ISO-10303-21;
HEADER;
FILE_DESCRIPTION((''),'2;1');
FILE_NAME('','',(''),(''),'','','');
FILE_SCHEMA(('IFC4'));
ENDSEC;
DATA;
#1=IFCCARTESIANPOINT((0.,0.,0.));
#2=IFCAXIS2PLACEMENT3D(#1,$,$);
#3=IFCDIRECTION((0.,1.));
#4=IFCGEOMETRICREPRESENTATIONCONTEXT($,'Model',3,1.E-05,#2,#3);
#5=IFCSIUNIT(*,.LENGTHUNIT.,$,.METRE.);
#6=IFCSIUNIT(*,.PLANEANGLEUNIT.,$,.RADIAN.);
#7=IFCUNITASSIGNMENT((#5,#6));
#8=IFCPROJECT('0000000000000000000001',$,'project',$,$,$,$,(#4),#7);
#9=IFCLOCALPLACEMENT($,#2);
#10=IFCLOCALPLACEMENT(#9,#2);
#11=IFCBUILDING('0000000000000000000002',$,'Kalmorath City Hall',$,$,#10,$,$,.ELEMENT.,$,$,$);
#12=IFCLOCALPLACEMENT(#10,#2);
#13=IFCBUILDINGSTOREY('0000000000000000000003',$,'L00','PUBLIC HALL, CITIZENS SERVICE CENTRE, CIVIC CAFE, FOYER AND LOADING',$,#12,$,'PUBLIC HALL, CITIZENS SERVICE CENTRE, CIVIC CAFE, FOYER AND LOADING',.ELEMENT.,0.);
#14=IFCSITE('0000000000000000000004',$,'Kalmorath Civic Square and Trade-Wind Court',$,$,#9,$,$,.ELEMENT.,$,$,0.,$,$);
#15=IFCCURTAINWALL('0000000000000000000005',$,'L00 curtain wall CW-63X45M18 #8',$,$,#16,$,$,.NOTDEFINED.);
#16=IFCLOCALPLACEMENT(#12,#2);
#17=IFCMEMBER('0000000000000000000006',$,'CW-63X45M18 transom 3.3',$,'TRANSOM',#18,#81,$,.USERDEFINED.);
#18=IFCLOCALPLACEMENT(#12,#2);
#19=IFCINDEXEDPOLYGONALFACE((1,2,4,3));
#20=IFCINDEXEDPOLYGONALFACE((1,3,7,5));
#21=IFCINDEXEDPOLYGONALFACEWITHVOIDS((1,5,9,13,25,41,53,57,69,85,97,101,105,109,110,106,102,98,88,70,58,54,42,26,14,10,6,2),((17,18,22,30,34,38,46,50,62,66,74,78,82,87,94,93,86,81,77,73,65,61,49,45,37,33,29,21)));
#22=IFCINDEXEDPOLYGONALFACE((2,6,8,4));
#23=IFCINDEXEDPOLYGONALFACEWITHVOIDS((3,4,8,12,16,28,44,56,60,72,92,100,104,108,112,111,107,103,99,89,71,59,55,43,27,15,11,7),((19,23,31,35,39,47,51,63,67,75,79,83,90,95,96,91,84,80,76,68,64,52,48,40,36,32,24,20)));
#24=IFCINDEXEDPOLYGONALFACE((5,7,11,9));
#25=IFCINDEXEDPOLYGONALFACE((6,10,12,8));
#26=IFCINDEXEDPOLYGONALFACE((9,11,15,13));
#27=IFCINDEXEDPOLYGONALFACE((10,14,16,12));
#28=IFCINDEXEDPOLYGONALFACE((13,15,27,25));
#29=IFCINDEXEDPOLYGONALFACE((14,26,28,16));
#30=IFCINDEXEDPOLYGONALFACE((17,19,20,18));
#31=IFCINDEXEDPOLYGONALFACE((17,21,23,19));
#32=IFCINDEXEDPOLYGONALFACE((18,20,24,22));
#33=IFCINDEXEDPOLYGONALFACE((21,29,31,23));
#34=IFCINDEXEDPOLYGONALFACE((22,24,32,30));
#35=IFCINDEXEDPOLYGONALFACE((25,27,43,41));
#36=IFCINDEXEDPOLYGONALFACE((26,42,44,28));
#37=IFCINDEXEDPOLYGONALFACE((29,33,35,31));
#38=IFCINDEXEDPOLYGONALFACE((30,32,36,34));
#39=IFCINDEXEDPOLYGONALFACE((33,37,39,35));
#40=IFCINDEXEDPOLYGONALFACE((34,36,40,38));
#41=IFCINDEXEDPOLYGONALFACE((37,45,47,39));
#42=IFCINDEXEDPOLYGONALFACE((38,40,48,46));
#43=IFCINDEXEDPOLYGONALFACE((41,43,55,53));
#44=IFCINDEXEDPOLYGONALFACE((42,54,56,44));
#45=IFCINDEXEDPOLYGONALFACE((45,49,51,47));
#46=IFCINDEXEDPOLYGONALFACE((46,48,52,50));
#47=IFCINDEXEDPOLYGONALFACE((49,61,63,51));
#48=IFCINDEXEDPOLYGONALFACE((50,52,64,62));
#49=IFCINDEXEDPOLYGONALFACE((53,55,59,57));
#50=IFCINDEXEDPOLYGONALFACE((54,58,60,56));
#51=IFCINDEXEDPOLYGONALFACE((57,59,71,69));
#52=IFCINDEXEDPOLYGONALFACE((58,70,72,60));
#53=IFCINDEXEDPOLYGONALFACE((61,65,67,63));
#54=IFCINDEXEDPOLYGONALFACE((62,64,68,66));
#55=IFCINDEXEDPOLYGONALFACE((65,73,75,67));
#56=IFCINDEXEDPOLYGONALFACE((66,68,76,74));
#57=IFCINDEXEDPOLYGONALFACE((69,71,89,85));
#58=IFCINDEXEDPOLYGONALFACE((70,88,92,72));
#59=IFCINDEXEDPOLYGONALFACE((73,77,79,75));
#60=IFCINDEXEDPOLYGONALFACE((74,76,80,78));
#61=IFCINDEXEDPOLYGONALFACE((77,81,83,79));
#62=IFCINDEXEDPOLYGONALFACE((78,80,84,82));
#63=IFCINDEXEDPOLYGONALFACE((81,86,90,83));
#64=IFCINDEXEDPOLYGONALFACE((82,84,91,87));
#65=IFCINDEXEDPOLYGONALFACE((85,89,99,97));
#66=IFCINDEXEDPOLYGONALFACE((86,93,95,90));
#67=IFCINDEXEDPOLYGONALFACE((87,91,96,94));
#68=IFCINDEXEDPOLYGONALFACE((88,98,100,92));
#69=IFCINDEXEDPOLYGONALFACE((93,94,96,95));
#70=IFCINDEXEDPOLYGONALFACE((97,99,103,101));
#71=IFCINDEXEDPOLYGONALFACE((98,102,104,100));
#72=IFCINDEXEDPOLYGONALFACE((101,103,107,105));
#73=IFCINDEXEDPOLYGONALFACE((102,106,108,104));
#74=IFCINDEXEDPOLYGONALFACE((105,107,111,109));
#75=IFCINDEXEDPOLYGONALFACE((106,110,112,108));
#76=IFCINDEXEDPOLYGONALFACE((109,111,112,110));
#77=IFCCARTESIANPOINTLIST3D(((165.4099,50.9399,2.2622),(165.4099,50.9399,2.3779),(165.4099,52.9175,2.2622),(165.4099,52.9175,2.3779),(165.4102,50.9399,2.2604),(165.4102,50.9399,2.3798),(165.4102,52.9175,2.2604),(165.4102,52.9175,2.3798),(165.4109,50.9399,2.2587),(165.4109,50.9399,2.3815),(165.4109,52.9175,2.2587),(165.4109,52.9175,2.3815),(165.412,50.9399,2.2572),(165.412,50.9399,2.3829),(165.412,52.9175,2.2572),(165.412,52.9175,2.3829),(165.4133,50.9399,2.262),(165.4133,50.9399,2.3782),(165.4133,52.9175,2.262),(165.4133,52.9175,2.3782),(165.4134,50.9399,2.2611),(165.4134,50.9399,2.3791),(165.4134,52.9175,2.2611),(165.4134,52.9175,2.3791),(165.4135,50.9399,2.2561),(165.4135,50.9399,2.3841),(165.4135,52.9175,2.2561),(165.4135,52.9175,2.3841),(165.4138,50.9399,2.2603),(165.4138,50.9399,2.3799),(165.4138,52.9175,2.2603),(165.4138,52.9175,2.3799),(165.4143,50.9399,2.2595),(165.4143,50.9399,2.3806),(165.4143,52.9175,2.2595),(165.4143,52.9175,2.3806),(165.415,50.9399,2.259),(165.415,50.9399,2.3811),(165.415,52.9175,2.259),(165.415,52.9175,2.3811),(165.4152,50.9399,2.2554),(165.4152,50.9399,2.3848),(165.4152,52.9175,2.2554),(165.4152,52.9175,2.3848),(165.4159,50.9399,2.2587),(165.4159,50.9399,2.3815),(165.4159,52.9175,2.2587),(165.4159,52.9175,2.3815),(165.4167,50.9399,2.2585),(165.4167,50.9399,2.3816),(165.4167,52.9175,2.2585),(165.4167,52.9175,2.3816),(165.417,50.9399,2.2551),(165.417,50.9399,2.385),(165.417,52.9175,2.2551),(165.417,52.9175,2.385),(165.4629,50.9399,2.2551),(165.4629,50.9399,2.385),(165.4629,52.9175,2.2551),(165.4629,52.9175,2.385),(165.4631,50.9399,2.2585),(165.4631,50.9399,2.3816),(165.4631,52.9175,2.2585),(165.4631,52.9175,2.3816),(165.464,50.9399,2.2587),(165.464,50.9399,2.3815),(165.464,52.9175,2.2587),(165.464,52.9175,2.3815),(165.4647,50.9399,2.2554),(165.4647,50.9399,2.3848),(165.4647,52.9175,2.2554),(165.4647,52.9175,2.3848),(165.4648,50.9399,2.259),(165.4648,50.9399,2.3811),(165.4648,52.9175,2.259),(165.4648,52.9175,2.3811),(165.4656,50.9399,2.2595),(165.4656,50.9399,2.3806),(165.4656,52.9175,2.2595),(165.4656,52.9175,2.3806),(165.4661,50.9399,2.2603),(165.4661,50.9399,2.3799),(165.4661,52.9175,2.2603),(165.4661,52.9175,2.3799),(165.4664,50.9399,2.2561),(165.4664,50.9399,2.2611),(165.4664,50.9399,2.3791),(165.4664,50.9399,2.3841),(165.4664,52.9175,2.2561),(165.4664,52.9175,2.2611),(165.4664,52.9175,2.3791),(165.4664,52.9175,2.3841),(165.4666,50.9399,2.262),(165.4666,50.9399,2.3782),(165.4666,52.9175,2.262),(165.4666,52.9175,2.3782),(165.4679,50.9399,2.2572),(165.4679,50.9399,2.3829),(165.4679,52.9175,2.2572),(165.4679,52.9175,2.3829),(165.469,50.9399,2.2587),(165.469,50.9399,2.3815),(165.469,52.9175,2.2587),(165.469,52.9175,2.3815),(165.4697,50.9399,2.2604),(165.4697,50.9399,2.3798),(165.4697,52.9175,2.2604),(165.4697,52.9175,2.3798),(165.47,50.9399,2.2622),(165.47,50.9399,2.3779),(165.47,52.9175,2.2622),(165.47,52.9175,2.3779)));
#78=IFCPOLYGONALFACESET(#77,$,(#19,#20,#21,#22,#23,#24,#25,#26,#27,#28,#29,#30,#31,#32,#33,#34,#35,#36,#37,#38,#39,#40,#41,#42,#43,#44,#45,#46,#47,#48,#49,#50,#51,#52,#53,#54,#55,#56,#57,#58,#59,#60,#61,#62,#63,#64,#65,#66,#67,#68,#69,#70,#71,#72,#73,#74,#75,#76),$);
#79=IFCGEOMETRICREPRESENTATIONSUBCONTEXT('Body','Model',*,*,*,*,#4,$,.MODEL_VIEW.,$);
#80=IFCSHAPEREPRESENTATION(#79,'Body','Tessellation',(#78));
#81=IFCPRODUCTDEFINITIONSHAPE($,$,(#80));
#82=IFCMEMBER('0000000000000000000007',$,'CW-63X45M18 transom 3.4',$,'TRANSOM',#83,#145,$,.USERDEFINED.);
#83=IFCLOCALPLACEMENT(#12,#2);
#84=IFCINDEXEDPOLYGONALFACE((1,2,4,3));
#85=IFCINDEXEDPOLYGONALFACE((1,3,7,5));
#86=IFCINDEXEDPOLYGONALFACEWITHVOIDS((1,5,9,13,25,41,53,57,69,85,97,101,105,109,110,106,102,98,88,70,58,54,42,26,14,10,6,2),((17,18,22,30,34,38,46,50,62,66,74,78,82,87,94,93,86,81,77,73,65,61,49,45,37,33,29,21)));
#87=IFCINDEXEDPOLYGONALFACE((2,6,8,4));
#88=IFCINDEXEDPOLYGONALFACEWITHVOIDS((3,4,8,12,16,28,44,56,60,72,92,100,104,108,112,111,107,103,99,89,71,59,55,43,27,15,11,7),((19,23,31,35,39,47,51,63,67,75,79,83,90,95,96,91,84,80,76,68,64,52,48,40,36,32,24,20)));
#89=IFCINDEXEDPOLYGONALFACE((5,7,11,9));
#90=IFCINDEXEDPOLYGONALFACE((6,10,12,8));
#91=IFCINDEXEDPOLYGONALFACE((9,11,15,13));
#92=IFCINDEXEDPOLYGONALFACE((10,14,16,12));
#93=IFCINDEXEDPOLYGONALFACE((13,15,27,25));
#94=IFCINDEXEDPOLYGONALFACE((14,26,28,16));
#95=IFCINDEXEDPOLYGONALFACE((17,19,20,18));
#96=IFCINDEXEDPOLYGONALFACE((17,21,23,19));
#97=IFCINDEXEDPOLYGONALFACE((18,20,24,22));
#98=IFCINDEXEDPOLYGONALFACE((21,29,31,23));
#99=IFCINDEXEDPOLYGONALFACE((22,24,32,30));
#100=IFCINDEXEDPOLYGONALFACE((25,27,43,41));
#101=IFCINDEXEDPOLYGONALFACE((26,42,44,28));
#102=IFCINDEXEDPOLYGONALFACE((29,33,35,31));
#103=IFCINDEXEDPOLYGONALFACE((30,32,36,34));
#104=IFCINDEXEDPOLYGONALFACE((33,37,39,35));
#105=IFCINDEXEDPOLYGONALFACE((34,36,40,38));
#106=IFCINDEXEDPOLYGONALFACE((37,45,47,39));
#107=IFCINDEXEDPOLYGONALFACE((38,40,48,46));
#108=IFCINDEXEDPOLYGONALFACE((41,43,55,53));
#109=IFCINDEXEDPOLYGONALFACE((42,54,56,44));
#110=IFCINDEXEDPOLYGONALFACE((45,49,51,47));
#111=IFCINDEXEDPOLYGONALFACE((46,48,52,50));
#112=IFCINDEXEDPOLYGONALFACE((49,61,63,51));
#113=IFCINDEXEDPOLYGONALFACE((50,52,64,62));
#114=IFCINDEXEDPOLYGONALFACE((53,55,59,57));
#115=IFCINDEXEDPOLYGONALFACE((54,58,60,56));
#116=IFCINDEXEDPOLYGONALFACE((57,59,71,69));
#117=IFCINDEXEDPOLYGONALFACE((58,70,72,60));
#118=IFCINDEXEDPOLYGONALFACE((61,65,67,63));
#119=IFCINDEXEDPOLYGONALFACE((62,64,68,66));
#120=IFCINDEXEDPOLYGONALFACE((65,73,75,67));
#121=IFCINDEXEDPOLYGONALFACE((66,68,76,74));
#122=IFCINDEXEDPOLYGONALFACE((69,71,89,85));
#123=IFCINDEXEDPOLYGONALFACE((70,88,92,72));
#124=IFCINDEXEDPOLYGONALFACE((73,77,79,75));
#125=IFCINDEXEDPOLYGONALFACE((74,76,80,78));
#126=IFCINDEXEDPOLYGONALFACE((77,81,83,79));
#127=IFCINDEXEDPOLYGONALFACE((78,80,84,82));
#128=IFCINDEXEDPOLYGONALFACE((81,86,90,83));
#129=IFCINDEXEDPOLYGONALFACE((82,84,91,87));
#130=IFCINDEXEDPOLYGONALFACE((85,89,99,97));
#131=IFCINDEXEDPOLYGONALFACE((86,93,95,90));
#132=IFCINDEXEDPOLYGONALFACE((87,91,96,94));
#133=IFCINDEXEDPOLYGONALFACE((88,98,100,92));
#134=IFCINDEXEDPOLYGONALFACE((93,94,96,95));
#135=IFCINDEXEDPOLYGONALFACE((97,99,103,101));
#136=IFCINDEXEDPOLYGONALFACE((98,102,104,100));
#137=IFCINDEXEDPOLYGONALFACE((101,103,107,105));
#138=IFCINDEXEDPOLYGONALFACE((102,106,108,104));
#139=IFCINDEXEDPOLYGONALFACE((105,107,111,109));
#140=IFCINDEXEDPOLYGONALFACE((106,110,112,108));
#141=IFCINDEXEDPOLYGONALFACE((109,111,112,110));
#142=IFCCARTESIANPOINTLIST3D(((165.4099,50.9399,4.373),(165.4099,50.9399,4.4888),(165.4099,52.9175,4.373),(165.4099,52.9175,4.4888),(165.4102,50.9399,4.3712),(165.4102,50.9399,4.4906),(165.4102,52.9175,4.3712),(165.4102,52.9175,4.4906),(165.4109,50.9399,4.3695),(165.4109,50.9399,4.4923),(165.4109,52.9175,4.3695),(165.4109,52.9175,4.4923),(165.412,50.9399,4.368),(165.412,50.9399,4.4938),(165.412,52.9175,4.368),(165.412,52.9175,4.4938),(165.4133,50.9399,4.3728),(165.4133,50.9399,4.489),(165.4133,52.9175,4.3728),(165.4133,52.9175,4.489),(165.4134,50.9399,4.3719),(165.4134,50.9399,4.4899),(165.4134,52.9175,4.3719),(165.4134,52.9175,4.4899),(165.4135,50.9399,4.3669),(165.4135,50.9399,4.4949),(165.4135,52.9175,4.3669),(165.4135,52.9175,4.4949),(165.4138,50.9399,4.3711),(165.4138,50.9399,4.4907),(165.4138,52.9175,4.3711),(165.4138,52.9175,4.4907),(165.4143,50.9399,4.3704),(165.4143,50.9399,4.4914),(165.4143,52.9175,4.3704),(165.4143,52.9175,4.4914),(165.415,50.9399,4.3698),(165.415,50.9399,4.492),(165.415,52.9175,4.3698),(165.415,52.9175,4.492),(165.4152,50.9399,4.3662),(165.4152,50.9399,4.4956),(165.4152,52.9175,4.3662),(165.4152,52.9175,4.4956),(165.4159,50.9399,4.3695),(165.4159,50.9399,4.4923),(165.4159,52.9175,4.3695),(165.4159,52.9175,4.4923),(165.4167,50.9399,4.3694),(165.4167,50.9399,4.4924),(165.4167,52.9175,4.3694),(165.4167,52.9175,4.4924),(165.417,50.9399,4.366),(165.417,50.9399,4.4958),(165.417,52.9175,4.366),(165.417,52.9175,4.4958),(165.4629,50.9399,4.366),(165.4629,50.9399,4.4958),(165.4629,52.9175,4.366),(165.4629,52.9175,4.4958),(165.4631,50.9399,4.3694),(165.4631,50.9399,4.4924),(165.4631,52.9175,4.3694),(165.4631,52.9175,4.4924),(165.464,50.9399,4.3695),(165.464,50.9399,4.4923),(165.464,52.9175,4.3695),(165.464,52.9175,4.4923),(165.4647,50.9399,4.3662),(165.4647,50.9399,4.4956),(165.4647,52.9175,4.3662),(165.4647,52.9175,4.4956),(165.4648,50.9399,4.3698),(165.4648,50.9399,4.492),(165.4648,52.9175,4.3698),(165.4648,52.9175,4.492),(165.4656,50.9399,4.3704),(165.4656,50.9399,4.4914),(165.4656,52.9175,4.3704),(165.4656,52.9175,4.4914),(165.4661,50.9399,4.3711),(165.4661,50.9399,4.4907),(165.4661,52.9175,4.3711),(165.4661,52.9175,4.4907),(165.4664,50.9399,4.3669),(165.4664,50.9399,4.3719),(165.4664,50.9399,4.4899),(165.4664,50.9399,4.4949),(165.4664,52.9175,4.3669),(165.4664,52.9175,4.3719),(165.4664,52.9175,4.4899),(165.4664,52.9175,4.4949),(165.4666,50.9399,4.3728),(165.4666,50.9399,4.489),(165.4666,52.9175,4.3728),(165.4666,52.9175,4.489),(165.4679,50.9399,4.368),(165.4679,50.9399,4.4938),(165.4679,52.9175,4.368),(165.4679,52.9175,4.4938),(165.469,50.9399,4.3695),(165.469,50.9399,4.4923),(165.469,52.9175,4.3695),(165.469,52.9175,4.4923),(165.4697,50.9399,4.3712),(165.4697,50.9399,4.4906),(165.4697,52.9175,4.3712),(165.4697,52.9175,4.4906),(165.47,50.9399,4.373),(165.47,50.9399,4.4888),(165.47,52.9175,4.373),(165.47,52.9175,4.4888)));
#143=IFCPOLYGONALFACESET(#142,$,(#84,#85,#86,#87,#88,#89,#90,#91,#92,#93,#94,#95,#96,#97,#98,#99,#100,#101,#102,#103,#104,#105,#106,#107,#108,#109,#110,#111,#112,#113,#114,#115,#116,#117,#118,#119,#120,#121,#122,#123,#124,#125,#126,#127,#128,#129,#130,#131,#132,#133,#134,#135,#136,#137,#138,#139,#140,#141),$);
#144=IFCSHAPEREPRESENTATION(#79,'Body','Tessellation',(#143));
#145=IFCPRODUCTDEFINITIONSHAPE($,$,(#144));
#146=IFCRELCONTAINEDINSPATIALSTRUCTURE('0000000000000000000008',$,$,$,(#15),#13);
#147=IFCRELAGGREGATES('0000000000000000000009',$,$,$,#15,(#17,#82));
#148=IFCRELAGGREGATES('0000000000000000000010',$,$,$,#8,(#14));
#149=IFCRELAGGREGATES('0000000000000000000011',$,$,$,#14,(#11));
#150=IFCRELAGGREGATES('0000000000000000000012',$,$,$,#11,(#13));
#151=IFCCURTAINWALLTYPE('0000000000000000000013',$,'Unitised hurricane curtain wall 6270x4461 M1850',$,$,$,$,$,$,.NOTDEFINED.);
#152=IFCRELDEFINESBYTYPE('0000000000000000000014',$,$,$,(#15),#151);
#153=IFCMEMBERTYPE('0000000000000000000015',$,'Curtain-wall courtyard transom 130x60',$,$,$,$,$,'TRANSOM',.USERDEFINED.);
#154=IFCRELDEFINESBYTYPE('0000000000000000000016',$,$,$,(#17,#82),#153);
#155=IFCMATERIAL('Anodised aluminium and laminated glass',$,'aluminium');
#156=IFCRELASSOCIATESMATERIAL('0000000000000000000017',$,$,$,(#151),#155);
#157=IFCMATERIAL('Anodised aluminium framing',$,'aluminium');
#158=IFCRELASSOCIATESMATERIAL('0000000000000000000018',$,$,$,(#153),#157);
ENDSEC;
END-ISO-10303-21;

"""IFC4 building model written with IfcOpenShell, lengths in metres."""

from ifc_helpers import new_model, si_unit, direction, frame, origin, origin_2d, place, context, subcontext, project, spatial, hollow_rectangle, extrude, material, material_profile, profile_set, type_object, element, aggregate, save


model = new_model("IFC4")

# Units and contexts
model_context = context("Model", 3, precision=1e-05, world=origin(), true_north=direction((0.0, 1.0)))
body_context = subcontext(model_context, "Body", "Model", "MODEL_VIEW")
ifc_project = project(units=[si_unit("LENGTHUNIT", "METRE"), si_unit("PLANEANGLEUNIT", "RADIAN")], contexts=[model_context])

# Site, building, storey
site_placement = place(None, origin())
site = spatial("IfcSite", under=ifc_project, at=site_placement, Name="Kalmorath Civic Square and Trade-Wind Court", CompositionType="ELEMENT", RefElevation=0.0)
building_placement = place(site_placement, origin())
building = spatial("IfcBuilding", under=site, at=building_placement, Name="Kalmorath City Hall", CompositionType="ELEMENT")
storey_placement = place(building_placement, origin())
storey = spatial("IfcBuildingStorey", under=building, at=storey_placement, Name="L00", Description="PUBLIC HALL, CITIZENS SERVICE CENTRE, CIVIC CAFE, FOYER AND LOADING", LongName="PUBLIC HALL, CITIZENS SERVICE CENTRE, CIVIC CAFE, FOYER AND LOADING", CompositionType="ELEMENT", Elevation=0.0)

# Curtain wall, members
ifc_material_1 = material(Name="Anodised aluminium and laminated glass", Category="aluminium")
curtain_wall_type = type_object("IfcCurtainWallType", Name="Unitised hurricane curtain wall 6270x4461 M1850", PredefinedType="NOTDEFINED", material=ifc_material_1)
curtain_wall_placement = place(storey_placement, origin())
curtain_wall = element("IfcCurtainWall", 1, at=curtain_wall_placement, inside=storey, type_object=curtain_wall_type, Name="L00 curtain wall CW-63X45M18 #8", PredefinedType="NOTDEFINED")
ifc_material_2 = material(Name="Anodised aluminium framing", Category="aluminium")
ifc_material_profile_1 = material_profile(ifc_material_2, hollow_rectangle(XDim=0.0601, YDim=0.1299, WallThickness=0.0034, InnerFilletRadius=0.0034, OuterFilletRadius=0.0071, at=origin_2d()), Name="ALU-TRN-130X60X3.5")
ifc_profile_set_1 = profile_set([ifc_material_profile_1], Name="Anodised aluminium framing")
member_type_1 = type_object("IfcMemberType", Name="Curtain-wall courtyard transom 130x60", ElementType="TRANSOM", PredefinedType="USERDEFINED", material=ifc_profile_set_1)
member_1_placement = place(storey_placement, frame((165.4399, 52.9175, 2.3201), z_axis=(0.0, -1.0, 0.0), x_axis=(1.0, 0.0, 0.0)))
member_1 = element("IfcMember", 2, at=member_1_placement, type_object=member_type_1, Name="CW-63X45M18 transom 3.3", ObjectType="TRANSOM", PredefinedType="USERDEFINED", context=body_context, shape_type="SweptSolid", body=[
    extrude(hollow_rectangle(XDim=0.0601, YDim=0.1299, WallThickness=0.0034, InnerFilletRadius=0.0034, OuterFilletRadius=0.0071, at=origin_2d()), origin(), (0.0, 0.0, 1.0), 1.9775),
])
member_2_placement = place(storey_placement, frame((165.4399, 52.9175, 4.4309), z_axis=(0.0, -1.0, 0.0), x_axis=(1.0, 0.0, 0.0)))
member_2 = element("IfcMember", 3, at=member_2_placement, type_object=member_type_1, Name="CW-63X45M18 transom 3.4", ObjectType="TRANSOM", PredefinedType="USERDEFINED", context=body_context, shape_type="SweptSolid", body=[
    extrude(hollow_rectangle(XDim=0.0601, YDim=0.1299, WallThickness=0.0034, InnerFilletRadius=0.0034, OuterFilletRadius=0.0071, at=origin_2d()), origin(), (0.0, 0.0, 1.0), 1.9775),
])
aggregate(curtain_wall, [member_1, member_2])

save(model, "model.ifc")
